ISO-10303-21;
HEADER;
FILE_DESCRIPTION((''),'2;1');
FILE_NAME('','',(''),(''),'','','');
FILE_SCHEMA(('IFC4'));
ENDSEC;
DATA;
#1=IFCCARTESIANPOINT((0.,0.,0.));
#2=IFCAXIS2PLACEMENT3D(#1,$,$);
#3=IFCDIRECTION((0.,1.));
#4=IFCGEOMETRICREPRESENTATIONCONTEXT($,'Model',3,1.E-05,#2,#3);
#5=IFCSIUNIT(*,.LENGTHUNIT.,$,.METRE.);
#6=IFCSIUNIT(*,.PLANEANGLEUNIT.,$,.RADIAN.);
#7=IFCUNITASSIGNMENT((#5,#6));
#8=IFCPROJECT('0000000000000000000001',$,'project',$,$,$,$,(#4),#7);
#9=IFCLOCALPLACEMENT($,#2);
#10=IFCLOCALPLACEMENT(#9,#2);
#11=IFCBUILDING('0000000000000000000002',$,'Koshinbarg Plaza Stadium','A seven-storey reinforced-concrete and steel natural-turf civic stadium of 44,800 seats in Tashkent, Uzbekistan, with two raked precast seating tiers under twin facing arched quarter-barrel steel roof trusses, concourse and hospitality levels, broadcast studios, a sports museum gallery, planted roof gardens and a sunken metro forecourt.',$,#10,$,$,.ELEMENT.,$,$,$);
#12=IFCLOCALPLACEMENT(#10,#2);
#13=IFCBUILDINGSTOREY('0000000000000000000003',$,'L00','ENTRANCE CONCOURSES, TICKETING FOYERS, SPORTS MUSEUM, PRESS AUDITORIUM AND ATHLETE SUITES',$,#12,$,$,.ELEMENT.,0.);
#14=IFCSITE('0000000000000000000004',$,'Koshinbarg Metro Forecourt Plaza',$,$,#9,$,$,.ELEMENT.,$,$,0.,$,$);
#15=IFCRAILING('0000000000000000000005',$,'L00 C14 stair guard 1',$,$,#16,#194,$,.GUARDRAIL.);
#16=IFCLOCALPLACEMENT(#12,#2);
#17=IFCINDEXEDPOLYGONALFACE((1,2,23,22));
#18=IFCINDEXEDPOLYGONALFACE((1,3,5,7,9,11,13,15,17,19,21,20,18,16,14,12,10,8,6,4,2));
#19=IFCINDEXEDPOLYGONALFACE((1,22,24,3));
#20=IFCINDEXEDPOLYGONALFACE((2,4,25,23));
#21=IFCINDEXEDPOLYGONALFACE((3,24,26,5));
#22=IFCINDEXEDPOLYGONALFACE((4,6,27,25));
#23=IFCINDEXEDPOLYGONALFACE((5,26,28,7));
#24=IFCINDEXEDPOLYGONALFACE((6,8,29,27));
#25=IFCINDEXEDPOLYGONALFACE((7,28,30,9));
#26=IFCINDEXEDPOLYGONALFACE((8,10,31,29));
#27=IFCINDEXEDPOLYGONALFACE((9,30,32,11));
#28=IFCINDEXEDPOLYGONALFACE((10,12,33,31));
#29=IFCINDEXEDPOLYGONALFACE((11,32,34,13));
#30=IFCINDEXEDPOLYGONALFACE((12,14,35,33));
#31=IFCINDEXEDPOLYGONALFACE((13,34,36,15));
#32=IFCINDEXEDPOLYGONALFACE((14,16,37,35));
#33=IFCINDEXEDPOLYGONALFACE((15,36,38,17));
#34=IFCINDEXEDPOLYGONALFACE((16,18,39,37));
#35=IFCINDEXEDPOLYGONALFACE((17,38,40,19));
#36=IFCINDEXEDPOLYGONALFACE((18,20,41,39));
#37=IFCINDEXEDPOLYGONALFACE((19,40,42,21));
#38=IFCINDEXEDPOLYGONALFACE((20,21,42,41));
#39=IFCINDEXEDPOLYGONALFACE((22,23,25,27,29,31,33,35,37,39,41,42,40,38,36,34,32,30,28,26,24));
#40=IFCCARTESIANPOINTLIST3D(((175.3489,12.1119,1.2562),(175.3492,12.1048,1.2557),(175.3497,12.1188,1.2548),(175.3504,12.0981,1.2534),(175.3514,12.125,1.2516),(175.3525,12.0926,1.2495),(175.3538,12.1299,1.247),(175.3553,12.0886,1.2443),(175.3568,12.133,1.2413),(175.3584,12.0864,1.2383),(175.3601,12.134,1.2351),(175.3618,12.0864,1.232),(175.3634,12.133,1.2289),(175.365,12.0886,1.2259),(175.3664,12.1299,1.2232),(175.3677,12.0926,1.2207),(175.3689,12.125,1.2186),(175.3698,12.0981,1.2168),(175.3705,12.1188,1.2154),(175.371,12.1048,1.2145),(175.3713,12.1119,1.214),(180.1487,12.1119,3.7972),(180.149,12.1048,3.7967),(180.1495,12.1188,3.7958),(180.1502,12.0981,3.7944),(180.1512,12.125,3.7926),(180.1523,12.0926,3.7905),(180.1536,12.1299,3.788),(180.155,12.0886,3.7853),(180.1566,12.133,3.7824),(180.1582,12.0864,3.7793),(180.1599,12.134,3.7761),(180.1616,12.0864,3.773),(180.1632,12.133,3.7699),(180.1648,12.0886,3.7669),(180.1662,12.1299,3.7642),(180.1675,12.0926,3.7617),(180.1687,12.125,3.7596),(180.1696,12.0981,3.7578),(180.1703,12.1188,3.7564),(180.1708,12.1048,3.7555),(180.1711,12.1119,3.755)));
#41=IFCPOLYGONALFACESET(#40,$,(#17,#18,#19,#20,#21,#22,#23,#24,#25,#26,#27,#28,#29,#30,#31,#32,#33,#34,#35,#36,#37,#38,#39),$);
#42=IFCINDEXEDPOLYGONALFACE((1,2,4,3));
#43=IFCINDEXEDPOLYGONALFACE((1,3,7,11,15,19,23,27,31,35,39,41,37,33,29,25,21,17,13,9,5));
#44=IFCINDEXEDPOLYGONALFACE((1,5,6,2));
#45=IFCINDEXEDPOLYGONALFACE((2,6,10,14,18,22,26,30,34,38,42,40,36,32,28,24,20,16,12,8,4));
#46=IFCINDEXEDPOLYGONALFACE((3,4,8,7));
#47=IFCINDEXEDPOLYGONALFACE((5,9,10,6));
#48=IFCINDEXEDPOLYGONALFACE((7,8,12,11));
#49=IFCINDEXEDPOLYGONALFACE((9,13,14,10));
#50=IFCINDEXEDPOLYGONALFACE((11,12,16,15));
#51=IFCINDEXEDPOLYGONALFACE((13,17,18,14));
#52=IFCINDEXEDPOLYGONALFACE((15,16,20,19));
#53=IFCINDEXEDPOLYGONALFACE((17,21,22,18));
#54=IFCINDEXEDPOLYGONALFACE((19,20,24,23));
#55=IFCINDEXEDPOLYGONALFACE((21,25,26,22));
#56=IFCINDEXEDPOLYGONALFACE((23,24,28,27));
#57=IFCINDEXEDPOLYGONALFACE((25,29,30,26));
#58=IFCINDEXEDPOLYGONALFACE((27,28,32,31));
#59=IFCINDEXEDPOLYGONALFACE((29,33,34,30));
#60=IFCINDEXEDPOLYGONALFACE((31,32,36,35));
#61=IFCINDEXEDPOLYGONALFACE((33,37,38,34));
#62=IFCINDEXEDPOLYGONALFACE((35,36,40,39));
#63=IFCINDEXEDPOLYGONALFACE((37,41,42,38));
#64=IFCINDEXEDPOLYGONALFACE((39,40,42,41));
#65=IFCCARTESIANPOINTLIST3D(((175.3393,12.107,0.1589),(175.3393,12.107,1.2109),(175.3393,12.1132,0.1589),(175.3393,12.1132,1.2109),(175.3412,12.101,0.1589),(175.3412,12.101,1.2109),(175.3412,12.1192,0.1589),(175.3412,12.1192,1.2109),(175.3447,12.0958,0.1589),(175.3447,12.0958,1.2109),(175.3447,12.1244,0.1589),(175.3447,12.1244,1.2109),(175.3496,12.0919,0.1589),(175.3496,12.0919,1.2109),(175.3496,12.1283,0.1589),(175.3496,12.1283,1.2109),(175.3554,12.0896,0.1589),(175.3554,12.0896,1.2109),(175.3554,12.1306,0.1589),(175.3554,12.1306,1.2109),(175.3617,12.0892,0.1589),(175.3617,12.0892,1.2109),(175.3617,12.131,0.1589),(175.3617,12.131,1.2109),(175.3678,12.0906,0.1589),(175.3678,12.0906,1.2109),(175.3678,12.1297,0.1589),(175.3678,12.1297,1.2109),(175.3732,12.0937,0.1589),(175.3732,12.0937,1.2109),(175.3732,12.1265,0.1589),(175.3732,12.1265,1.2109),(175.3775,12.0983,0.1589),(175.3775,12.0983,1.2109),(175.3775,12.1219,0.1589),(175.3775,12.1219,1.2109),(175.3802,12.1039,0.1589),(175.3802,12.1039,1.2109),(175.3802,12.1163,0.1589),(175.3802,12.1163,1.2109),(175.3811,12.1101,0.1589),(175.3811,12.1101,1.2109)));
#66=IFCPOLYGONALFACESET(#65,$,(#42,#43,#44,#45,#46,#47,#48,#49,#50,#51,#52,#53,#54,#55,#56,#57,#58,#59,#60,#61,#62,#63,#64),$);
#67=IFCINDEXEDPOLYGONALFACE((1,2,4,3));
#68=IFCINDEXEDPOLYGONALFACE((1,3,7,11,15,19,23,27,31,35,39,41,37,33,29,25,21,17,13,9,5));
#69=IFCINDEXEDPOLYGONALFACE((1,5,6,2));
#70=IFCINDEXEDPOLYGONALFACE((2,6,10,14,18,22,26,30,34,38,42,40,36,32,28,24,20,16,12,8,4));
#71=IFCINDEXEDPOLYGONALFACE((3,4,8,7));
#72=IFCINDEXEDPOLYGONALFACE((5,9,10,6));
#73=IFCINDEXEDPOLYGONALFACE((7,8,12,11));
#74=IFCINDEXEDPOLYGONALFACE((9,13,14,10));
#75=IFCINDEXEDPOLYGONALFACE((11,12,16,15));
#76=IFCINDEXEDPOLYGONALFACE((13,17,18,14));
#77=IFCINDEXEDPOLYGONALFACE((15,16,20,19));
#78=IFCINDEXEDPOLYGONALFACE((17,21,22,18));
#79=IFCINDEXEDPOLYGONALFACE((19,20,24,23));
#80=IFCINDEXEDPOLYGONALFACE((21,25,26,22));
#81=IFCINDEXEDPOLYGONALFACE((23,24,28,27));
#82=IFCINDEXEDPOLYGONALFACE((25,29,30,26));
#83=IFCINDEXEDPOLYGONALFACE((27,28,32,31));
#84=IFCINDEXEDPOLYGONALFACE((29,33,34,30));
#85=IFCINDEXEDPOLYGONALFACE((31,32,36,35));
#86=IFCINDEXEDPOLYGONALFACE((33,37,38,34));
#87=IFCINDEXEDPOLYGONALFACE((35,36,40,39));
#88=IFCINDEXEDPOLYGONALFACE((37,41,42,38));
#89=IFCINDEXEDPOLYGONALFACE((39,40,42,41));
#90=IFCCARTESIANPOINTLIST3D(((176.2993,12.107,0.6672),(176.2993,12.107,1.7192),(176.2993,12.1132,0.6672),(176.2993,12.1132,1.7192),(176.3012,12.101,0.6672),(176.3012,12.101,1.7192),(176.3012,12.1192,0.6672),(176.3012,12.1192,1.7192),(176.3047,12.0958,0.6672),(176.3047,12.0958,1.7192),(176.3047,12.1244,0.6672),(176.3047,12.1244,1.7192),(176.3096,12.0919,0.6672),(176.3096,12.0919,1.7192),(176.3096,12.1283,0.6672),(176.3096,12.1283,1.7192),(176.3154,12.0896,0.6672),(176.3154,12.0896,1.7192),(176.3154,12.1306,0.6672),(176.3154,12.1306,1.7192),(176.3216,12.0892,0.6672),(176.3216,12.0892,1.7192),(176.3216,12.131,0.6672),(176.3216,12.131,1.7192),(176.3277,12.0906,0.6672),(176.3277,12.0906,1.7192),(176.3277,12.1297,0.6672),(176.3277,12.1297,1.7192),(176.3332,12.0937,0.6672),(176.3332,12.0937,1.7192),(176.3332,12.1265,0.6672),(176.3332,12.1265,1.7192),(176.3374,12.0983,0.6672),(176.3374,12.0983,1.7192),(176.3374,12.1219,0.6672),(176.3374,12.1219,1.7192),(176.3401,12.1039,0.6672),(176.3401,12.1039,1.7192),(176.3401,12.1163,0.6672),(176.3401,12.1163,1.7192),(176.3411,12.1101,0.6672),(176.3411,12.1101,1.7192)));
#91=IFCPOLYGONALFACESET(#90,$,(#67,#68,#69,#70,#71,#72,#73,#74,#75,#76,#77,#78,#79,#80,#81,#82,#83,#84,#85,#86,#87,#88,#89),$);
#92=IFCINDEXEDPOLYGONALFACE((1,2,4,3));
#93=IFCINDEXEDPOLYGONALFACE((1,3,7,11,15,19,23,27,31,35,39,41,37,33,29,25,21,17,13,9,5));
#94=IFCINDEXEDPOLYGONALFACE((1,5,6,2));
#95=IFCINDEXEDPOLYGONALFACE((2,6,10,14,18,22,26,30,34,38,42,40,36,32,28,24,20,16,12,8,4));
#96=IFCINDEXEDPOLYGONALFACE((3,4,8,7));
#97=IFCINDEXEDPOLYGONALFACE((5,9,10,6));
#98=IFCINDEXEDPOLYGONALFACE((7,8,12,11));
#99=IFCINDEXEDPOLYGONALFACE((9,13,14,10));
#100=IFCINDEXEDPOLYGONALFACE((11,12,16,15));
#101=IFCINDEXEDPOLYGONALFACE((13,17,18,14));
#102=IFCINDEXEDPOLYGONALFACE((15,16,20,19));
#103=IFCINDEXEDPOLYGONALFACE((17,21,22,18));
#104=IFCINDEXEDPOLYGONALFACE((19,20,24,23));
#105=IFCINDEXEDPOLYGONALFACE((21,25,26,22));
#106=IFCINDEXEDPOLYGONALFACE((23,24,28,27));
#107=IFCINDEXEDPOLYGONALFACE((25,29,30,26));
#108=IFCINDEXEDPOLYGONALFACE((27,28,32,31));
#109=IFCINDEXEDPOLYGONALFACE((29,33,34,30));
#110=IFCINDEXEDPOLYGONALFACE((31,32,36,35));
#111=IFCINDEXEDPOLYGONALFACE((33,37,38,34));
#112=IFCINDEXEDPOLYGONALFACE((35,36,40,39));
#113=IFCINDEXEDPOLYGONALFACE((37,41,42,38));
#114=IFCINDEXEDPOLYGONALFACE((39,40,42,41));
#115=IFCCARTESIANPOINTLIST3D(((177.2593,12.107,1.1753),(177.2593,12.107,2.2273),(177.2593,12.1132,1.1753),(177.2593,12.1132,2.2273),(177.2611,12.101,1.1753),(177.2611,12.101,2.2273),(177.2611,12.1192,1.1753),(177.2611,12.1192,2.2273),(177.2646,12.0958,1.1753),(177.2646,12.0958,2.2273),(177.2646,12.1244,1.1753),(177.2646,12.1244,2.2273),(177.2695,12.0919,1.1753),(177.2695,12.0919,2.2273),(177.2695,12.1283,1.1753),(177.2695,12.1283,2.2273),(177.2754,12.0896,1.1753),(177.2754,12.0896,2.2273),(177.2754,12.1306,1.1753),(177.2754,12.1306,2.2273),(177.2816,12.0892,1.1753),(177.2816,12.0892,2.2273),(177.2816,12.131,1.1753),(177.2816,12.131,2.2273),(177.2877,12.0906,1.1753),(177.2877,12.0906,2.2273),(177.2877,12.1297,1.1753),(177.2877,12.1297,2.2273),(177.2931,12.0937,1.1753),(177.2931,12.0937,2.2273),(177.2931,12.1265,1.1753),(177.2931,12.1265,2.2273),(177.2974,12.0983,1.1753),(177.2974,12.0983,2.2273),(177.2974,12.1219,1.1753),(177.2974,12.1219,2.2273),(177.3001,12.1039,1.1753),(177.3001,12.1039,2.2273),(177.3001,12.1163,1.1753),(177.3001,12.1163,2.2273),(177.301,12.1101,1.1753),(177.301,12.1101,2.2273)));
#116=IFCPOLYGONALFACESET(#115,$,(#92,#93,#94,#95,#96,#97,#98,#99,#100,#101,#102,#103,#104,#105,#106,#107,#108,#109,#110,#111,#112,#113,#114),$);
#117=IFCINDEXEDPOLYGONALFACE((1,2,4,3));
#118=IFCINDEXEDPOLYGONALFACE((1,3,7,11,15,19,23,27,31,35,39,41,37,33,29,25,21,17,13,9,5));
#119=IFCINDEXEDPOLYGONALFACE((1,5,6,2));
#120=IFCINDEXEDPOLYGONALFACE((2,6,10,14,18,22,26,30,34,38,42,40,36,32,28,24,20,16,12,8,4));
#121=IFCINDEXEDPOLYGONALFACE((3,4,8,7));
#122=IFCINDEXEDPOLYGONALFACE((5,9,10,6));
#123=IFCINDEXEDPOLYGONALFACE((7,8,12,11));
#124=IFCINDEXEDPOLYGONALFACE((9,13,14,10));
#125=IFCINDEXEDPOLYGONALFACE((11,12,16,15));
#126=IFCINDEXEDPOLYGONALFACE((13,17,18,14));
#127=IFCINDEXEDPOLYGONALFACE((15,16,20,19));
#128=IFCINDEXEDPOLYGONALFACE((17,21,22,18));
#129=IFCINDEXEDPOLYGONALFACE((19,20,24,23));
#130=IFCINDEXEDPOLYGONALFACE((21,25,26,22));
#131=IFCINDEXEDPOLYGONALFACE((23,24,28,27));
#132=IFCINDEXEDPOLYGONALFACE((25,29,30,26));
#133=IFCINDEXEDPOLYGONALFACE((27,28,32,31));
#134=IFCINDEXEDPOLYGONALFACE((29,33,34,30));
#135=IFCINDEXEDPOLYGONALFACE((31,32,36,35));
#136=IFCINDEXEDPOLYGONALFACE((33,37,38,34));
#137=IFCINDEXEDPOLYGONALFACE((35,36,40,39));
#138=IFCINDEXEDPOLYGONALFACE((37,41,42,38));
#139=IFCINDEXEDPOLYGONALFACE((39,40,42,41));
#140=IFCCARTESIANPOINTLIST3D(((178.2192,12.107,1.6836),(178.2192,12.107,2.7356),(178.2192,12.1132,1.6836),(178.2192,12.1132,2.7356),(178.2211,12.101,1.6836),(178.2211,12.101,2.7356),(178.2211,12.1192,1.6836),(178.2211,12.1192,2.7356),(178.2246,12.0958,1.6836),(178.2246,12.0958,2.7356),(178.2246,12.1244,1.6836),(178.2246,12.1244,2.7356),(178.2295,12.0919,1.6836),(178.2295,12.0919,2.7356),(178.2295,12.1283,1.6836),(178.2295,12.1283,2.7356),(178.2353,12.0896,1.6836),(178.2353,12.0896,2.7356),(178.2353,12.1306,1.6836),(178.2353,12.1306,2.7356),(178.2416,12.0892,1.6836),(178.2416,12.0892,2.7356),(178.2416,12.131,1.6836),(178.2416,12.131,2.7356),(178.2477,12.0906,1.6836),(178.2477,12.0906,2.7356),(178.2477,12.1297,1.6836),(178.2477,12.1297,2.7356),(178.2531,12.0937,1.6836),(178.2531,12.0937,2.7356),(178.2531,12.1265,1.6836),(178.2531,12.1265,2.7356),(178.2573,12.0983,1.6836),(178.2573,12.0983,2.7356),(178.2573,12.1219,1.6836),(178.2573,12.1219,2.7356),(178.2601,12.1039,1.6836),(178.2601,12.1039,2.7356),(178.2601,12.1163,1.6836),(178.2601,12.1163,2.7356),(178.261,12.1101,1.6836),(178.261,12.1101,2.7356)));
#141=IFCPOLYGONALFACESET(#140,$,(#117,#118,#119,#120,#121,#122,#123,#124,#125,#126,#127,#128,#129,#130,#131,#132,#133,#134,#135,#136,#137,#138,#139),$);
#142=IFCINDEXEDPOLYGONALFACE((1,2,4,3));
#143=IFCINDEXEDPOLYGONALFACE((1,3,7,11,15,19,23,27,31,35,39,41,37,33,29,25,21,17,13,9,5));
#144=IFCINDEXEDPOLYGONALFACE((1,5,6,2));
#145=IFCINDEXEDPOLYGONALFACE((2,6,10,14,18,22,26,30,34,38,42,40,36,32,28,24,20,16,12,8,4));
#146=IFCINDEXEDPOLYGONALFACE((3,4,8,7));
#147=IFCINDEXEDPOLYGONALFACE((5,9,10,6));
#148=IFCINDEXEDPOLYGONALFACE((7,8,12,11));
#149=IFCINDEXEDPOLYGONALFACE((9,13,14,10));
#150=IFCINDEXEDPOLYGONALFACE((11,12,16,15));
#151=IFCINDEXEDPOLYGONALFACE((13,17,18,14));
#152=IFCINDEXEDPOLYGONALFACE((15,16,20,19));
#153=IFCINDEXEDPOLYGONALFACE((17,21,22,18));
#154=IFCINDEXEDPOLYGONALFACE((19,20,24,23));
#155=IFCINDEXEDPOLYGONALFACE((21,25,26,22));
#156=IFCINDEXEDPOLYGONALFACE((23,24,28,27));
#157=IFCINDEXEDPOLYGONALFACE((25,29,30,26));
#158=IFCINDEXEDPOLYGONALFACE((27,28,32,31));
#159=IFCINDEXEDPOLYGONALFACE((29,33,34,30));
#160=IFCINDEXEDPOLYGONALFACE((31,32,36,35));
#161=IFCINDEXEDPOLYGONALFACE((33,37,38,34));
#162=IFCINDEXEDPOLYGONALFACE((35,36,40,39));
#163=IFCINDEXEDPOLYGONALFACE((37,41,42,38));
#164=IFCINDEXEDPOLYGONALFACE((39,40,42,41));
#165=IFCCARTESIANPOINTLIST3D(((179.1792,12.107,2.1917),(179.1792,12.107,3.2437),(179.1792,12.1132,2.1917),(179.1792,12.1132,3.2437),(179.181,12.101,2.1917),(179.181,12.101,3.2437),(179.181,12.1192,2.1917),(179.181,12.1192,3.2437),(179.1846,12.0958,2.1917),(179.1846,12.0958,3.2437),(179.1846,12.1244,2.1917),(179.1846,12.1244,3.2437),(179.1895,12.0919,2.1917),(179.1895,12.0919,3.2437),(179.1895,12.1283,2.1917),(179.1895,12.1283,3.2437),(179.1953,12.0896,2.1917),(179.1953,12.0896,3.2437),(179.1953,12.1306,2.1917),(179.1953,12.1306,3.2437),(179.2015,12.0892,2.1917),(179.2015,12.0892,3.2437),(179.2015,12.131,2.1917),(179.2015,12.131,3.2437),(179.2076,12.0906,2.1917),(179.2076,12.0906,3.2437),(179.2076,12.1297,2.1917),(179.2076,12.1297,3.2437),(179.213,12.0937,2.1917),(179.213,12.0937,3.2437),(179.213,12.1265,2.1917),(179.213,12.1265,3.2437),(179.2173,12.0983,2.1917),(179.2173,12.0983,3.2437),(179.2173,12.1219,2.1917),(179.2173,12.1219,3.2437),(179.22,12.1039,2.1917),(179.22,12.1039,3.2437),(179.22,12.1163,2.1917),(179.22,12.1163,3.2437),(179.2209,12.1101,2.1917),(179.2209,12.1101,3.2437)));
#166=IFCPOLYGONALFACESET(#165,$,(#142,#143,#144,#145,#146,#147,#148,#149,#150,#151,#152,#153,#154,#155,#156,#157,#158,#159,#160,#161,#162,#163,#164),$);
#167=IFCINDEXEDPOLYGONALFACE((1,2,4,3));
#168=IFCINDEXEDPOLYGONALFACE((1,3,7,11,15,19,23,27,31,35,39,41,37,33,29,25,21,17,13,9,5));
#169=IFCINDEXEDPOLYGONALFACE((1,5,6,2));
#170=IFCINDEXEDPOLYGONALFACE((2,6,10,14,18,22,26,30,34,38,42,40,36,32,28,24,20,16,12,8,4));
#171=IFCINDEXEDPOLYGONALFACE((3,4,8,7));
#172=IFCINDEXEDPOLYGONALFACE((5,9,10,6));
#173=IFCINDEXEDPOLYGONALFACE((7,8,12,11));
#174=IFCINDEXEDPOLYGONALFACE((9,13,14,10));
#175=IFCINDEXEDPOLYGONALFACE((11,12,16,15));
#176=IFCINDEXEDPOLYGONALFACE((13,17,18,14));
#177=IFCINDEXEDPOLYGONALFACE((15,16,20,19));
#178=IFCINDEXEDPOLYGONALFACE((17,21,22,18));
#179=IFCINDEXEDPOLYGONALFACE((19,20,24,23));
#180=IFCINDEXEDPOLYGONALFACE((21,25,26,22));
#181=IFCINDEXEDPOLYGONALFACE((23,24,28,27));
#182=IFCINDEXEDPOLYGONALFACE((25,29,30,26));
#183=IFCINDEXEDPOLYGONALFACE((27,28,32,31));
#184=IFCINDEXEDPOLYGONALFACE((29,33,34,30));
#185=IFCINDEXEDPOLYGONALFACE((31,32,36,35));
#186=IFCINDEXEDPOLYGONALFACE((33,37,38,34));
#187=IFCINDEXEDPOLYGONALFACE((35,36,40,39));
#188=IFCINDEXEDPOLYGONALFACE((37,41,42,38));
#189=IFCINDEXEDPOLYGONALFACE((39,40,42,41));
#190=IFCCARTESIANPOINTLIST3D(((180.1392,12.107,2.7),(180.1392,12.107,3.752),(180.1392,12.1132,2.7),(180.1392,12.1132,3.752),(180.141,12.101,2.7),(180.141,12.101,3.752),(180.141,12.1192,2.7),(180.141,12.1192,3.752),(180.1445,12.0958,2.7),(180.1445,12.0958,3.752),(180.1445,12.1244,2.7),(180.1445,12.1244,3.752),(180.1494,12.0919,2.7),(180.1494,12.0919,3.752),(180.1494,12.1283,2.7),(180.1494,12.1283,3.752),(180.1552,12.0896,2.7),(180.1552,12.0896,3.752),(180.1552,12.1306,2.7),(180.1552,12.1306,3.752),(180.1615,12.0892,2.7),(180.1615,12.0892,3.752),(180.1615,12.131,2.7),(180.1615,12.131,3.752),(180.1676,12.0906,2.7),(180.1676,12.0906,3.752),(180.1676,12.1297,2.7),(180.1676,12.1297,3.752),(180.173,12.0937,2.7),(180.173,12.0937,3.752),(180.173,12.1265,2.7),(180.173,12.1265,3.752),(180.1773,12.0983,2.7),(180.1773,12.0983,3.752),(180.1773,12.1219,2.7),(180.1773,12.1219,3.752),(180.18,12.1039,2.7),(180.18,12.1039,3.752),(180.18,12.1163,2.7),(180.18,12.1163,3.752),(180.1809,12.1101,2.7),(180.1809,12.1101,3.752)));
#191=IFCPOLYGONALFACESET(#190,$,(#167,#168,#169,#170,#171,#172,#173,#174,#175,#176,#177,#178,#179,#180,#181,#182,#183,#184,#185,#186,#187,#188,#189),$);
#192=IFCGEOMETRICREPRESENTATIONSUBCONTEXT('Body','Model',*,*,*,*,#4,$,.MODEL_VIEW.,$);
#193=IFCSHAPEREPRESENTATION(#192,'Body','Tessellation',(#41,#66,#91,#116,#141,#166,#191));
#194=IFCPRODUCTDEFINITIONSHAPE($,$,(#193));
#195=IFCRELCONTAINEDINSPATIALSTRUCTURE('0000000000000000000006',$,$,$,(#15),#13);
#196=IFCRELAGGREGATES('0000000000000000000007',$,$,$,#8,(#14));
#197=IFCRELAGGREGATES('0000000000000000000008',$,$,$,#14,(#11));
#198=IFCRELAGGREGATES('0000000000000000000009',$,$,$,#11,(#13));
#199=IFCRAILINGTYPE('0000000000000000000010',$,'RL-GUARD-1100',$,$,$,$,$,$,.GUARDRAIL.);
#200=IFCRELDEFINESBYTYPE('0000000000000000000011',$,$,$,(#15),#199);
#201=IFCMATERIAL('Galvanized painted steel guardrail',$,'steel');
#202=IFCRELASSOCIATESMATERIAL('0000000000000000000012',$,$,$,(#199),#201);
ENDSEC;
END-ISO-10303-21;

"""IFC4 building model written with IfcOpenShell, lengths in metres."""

from ifc_helpers import new_model, si_unit, direction, frame, origin, origin_2d, place, context, subcontext, project, spatial, circle, extrude, material, type_object, element, save


model = new_model("IFC4")

# Units and contexts
model_context = context("Model", 3, precision=1e-05, world=origin(), true_north=direction((0.0, 1.0)))
body_context = subcontext(model_context, "Body", "Model", "MODEL_VIEW")
ifc_project = project(units=[si_unit("LENGTHUNIT", "METRE"), si_unit("PLANEANGLEUNIT", "RADIAN")], contexts=[model_context])

# Site, building, storey
site_placement = place(None, origin())
site = spatial("IfcSite", under=ifc_project, at=site_placement, Name="Koshinbarg Metro Forecourt Plaza", CompositionType="ELEMENT", RefElevation=0.0)
building_placement = place(site_placement, origin())
building = spatial("IfcBuilding", under=site, at=building_placement, Name="Koshinbarg Plaza Stadium", Description="A seven-storey reinforced-concrete and steel natural-turf civic stadium of 44,800 seats in Tashkent, Uzbekistan, with two raked precast seating tiers under twin facing arched quarter-barrel steel roof trusses, concourse and hospitality levels, broadcast studios, a sports museum gallery, planted roof gardens and a sunken metro forecourt.", CompositionType="ELEMENT")
storey_placement = place(building_placement, origin())
storey = spatial("IfcBuildingStorey", under=building, at=storey_placement, Name="L00", Description="ENTRANCE CONCOURSES, TICKETING FOYERS, SPORTS MUSEUM, PRESS AUDITORIUM AND ATHLETE SUITES", CompositionType="ELEMENT", Elevation=0.0)

# Railing
ifc_material_1 = material(Name="Galvanized painted steel guardrail", Category="steel")
railing_type_1 = type_object("IfcRailingType", Name="RL-GUARD-1100", PredefinedType="GUARDRAIL", material=ifc_material_1)
railing_1_placement = place(storey_placement, frame((175.3601, 12.1101, 0.1589)))
element("IfcRailing", 1, at=railing_1_placement, inside=storey, type_object=railing_type_1, Name="L00 C14 stair guard 1", PredefinedType="GUARDRAIL", context=body_context, shape_type="SweptSolid", body=[
    extrude(circle(Radius=0.0239, at=origin_2d()), frame((0.0, 0.0, 1.0762), z_axis=(0.883792, 0.0, 0.467879), x_axis=(0.0, 1.0, 0.0)), (0.0, 0.0, 1.0), 5.4309),
    extrude(circle(Radius=0.021, at=origin_2d()), origin(), (0.0, 0.0, 1.0), 1.052),
    extrude(circle(Radius=0.021, at=origin_2d()), frame((0.96, 0.0, 0.5083)), (0.0, 0.0, 1.0), 1.052),
    extrude(circle(Radius=0.021, at=origin_2d()), frame((1.9199, 0.0, 1.0164)), (0.0, 0.0, 1.0), 1.052),
    extrude(circle(Radius=0.021, at=origin_2d()), frame((2.8799, 0.0, 1.5247)), (0.0, 0.0, 1.0), 1.052),
    extrude(circle(Radius=0.021, at=origin_2d()), frame((3.8398, 0.0, 2.0327)), (0.0, 0.0, 1.0), 1.052),
    extrude(circle(Radius=0.021, at=origin_2d()), frame((4.7998, 0.0, 2.541)), (0.0, 0.0, 1.0), 1.052),
])

save(model, "model.ifc")
